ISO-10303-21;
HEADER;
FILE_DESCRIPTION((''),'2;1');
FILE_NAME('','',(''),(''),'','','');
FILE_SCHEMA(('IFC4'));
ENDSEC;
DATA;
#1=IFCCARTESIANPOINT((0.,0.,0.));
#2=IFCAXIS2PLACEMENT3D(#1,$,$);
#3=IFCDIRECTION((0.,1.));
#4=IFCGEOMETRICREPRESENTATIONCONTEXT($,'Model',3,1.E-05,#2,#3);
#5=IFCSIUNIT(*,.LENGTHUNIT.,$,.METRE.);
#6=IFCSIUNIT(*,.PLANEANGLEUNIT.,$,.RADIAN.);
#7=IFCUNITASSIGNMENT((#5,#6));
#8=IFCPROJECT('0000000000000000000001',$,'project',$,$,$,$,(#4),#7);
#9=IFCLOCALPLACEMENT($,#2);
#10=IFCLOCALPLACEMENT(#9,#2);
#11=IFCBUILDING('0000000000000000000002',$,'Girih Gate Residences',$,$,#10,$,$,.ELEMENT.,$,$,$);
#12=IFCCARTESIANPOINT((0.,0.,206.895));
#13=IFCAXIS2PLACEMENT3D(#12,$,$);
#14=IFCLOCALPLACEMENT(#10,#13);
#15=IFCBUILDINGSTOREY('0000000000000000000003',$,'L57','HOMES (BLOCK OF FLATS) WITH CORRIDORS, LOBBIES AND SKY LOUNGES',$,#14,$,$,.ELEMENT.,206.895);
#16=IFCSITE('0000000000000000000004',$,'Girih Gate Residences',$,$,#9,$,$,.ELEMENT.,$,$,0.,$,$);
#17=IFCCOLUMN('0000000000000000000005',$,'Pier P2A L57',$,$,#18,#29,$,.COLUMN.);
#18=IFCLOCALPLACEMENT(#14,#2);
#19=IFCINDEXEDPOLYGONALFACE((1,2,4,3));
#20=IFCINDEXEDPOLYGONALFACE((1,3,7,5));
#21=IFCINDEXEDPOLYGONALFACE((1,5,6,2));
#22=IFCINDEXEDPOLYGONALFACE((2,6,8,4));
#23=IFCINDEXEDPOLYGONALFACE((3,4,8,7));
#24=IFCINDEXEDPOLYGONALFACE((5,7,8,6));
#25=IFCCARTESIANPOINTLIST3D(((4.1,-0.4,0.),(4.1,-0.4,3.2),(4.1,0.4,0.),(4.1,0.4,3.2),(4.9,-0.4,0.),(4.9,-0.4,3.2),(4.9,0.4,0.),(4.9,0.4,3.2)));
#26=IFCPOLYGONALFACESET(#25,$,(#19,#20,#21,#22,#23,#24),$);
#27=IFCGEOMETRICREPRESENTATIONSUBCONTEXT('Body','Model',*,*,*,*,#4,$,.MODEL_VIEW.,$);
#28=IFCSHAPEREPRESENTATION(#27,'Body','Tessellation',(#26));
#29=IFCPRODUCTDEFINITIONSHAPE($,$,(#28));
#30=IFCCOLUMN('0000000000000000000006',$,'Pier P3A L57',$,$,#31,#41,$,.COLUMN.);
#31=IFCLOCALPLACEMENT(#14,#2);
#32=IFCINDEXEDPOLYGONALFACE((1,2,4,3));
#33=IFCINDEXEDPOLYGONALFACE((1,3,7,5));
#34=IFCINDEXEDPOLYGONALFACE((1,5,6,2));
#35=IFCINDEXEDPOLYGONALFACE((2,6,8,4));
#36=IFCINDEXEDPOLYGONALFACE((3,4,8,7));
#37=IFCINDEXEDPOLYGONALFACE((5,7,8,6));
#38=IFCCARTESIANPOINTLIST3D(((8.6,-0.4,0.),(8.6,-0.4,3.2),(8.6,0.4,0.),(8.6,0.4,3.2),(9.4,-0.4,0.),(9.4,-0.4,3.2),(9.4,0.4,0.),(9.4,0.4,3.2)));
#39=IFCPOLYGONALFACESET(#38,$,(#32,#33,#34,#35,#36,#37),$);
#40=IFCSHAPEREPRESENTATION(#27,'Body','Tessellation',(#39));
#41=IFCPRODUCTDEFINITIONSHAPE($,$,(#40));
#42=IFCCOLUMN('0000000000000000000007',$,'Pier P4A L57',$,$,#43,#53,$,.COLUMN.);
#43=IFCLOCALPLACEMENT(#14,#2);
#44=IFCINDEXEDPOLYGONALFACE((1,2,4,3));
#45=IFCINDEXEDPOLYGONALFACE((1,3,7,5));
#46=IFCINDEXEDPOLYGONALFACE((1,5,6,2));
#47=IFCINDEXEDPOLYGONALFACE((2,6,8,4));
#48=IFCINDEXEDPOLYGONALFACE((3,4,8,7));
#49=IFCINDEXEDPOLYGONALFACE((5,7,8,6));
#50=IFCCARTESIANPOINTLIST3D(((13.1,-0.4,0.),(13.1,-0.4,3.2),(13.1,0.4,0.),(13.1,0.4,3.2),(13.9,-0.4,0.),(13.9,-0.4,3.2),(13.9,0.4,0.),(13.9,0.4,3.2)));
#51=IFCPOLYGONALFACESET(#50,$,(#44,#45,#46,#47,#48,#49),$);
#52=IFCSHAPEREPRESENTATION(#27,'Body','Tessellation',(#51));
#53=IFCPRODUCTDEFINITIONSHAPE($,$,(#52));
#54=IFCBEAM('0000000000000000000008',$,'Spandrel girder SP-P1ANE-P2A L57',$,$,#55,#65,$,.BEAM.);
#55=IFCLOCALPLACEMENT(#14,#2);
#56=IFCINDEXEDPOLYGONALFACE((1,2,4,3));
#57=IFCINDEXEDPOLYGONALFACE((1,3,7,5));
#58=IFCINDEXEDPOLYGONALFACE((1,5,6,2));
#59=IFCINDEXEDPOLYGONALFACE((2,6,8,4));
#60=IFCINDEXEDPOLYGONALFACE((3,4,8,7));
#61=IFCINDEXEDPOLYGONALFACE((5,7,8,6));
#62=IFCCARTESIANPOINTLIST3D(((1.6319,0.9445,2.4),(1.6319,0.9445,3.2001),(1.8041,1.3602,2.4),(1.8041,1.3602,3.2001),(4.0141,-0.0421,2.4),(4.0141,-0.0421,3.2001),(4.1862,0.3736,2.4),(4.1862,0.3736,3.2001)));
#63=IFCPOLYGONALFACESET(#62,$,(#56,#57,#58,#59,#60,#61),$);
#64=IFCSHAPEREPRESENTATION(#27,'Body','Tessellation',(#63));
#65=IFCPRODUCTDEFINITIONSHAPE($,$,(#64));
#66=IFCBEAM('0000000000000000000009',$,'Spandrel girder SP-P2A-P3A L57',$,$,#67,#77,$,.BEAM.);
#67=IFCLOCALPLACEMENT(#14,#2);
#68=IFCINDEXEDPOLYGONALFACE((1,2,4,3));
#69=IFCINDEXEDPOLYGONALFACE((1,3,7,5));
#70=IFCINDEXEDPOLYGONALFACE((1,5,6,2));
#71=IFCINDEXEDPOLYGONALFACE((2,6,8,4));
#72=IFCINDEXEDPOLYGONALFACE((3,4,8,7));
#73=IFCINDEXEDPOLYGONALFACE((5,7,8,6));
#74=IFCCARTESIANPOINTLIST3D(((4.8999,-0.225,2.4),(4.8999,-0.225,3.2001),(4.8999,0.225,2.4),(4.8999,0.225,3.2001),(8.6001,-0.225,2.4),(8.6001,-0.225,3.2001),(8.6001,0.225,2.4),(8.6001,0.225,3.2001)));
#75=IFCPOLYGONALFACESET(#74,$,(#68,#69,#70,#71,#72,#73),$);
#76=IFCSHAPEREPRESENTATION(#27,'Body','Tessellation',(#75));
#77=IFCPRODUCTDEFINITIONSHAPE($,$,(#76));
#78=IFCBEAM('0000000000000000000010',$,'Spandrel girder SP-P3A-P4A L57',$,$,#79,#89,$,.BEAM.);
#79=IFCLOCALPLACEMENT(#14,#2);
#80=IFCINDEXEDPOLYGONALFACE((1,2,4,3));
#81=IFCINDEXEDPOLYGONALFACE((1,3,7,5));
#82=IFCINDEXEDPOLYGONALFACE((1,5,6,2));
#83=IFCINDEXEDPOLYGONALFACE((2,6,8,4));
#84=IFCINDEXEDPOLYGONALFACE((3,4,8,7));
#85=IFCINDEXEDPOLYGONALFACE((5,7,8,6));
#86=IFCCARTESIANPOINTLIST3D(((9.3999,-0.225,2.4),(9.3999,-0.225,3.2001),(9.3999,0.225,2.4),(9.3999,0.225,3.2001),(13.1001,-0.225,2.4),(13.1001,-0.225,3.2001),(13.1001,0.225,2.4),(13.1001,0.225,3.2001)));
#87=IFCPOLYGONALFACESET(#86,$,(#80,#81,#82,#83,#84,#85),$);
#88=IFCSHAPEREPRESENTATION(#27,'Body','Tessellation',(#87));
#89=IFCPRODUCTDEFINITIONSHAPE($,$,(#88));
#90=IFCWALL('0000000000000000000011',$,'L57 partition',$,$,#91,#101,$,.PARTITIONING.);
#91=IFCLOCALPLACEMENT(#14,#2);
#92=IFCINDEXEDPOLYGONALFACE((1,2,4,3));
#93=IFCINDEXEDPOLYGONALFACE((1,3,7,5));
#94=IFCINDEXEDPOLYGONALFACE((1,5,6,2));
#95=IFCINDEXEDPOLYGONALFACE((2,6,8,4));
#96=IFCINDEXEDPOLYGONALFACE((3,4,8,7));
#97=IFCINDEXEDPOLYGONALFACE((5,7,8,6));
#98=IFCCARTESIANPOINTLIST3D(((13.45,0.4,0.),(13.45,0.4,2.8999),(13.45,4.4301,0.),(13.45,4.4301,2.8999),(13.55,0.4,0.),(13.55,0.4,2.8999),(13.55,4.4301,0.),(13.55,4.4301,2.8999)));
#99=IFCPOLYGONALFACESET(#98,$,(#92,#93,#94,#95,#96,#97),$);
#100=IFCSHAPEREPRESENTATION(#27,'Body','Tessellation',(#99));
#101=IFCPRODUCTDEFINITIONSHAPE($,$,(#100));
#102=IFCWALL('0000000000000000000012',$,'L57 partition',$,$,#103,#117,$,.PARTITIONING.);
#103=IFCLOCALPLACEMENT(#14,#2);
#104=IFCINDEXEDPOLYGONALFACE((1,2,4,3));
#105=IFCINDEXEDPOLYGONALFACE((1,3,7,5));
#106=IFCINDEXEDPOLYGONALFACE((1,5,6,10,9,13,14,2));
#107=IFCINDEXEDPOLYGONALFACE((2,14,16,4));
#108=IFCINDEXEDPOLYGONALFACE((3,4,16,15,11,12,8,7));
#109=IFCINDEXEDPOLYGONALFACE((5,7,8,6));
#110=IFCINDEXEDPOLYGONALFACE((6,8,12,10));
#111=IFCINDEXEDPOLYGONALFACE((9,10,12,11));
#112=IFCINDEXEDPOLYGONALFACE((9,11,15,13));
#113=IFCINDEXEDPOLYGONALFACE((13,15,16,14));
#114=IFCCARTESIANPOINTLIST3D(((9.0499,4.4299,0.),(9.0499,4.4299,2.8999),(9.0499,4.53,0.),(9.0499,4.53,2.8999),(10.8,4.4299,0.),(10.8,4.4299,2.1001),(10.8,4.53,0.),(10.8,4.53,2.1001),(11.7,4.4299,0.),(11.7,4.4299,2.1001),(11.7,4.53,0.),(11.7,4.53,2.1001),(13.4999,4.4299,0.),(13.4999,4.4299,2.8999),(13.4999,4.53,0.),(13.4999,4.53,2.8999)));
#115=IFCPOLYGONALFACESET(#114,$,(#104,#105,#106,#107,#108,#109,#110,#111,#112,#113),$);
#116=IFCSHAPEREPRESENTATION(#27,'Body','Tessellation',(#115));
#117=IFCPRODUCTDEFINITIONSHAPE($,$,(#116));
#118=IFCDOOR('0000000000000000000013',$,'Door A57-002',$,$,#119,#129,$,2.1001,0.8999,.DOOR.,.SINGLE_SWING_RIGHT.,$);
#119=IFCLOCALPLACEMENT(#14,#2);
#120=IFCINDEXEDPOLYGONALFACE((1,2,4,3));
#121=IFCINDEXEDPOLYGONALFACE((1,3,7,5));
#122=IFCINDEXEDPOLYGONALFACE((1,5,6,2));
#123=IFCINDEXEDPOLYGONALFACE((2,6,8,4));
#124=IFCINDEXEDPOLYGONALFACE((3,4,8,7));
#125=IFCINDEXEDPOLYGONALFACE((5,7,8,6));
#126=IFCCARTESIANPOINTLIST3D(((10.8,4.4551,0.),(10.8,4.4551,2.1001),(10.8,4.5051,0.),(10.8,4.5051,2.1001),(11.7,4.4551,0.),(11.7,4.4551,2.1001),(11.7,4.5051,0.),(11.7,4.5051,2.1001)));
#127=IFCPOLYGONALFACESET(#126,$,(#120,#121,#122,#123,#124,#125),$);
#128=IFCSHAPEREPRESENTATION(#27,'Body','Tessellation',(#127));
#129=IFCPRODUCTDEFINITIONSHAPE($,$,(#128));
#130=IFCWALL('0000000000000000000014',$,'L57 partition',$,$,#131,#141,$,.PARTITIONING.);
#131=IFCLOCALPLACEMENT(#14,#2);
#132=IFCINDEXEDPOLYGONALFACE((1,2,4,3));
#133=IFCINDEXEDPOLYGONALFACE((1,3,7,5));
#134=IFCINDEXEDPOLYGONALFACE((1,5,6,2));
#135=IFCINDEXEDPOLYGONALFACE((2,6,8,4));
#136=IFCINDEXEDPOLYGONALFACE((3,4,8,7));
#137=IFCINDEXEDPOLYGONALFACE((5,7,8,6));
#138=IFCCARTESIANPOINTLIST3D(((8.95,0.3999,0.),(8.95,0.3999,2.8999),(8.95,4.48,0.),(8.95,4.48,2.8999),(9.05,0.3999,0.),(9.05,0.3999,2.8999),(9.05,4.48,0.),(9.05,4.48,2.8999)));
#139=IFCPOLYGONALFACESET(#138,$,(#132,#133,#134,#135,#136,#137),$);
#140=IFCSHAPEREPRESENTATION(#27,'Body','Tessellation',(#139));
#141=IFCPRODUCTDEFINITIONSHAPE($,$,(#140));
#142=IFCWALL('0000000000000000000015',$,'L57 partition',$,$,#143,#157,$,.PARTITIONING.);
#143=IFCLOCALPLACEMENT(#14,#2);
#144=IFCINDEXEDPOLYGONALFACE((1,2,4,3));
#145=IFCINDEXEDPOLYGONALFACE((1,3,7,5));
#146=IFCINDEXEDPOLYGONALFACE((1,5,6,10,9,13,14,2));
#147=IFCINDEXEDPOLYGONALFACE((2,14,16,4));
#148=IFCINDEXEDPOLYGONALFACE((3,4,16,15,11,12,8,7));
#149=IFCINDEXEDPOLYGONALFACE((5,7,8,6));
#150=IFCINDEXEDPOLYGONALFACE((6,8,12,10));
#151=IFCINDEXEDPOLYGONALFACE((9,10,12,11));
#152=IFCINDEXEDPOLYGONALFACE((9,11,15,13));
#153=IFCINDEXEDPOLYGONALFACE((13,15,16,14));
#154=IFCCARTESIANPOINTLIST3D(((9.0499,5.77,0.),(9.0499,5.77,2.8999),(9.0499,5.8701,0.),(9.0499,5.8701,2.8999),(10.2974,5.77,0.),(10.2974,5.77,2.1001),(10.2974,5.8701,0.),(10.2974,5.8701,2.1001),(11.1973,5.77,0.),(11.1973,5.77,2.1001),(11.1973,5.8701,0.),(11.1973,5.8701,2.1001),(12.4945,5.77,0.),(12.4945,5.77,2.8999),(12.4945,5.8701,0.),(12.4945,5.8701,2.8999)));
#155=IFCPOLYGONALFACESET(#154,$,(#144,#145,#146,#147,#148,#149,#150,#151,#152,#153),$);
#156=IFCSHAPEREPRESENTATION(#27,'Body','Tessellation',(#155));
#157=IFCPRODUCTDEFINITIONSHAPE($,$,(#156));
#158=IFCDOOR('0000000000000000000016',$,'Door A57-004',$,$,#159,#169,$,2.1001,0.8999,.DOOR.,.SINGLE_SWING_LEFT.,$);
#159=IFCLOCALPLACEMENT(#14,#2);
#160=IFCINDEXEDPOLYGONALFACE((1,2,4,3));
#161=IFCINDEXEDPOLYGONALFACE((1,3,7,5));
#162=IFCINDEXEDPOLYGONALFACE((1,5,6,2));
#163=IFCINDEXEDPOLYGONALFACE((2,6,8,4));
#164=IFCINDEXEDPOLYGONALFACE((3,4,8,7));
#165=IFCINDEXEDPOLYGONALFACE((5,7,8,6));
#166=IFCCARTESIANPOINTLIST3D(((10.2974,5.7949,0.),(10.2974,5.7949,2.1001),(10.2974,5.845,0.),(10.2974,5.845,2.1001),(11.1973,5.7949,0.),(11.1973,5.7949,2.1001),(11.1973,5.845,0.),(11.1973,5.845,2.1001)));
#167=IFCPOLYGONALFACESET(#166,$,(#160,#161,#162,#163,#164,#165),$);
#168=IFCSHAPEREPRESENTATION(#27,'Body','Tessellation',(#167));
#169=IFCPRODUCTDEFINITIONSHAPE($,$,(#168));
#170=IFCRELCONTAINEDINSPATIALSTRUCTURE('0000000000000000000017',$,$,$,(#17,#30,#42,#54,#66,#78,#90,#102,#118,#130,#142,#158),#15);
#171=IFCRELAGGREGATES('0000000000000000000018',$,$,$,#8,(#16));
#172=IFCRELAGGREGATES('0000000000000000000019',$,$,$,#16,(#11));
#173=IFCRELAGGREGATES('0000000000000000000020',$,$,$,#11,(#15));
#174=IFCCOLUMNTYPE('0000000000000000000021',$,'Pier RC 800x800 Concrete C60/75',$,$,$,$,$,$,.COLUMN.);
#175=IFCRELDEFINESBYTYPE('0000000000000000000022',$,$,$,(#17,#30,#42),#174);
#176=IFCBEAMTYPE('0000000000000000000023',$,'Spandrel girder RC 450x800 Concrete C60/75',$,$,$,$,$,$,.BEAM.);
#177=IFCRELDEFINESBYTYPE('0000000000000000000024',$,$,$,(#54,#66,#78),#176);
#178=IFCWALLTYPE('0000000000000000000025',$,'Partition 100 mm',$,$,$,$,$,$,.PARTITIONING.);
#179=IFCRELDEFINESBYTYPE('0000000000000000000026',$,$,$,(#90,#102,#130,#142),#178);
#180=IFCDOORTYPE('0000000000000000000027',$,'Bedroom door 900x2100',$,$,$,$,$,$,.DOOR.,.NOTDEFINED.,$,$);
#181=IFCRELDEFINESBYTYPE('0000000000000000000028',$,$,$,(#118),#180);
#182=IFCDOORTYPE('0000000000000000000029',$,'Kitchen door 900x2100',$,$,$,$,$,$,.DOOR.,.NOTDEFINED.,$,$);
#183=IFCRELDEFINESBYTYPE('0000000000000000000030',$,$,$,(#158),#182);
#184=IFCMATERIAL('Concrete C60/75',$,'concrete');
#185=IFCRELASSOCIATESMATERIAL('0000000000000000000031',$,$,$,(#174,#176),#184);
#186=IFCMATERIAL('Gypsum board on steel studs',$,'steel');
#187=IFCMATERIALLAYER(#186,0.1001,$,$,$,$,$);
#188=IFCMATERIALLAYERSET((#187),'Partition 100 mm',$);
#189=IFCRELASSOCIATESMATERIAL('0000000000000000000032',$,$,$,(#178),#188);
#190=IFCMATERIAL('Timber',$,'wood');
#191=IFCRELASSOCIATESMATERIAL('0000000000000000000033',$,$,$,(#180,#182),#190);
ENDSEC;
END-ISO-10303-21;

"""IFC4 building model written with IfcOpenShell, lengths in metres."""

from ifc_helpers import new_model, si_unit, direction, frame, frame_2d, origin, origin_2d, place, context, subcontext, project, spatial, rectangle, extrude, material, layer, layer_set, material_profile, profile_set, type_object, element, fill, save


model = new_model("IFC4")

# Units and contexts
model_context = context("Model", 3, precision=1e-05, world=origin(), true_north=direction((0.0, 1.0)))
body_context = subcontext(model_context, "Body", "Model", "MODEL_VIEW")
ifc_project = project(units=[si_unit("LENGTHUNIT", "METRE"), si_unit("PLANEANGLEUNIT", "RADIAN")], contexts=[model_context])

# Site, building, storey
site_placement = place(None, origin())
site = spatial("IfcSite", under=ifc_project, at=site_placement, Name="Girih Gate Residences", CompositionType="ELEMENT", RefElevation=0.0)
building_placement = place(site_placement, origin())
building = spatial("IfcBuilding", under=site, at=building_placement, Name="Girih Gate Residences", CompositionType="ELEMENT")
storey_placement = place(building_placement, frame((0.0, 0.0, 206.895)))
storey = spatial("IfcBuildingStorey", under=building, at=storey_placement, Name="L57", Description="HOMES (BLOCK OF FLATS) WITH CORRIDORS, LOBBIES AND SKY LOUNGES", CompositionType="ELEMENT", Elevation=206.895)

# Columns
ifc_material_1 = material(Name="Concrete C60/75", Category="concrete")
ifc_material_profile_1 = material_profile(ifc_material_1, rectangle(XDim=0.8, YDim=0.8, at=origin_2d()))
ifc_profile_set_1 = profile_set([ifc_material_profile_1], Name="Concrete C60/75")
column_type = type_object("IfcColumnType", Name="Pier RC 800x800 Concrete C60/75", PredefinedType="COLUMN", material=ifc_profile_set_1)
for number, where, z_axis, x_axis, name in (
    (1, (4.5, 0.0, 0.0), (0.0, 0.0, 1.0), (1.0, 0.0, 0.0), "Pier P2A L57"),
    (2, (9.0, 0.0, 0.0), (0.0, 0.0, 1.0), (1.0, 0.0, 0.0), "Pier P3A L57"),
    (3, (13.5, 0.0, 0.0), (0.0, 0.0, 1.0), (1.0, 0.0, 0.0), "Pier P4A L57"),
):
    element("IfcColumn", number, at=place(storey_placement, frame(where, z_axis=z_axis, x_axis=x_axis)), inside=storey, type_object=column_type, Name=name, PredefinedType="COLUMN", context=body_context, shape_type="SweptSolid", body=[
        extrude(rectangle(XDim=0.8, YDim=0.8, at=origin_2d()), origin(), (0.0, 0.0, 1.0), 3.2),
    ])

# Beams
ifc_material_profile_2 = material_profile(ifc_material_1, rectangle(XDim=0.45, YDim=0.8, at=origin_2d()))
ifc_profile_set_2 = profile_set([ifc_material_profile_2], Name="Concrete C60/75")
beam_type = type_object("IfcBeamType", Name="Spandrel girder RC 450x800 Concrete C60/75", PredefinedType="BEAM", material=ifc_profile_set_2)
beam_placement = place(storey_placement, frame((1.718, 1.1523, 2.8), z_axis=(0.923896, -0.382644, 0.0), x_axis=(0.382644, 0.923896, 0.0)))
element("IfcBeam", 4, at=beam_placement, inside=storey, type_object=beam_type, Name="Spandrel girder SP-P1ANE-P2A L57", PredefinedType="BEAM", context=body_context, shape_type="SweptSolid", body=[
    extrude(rectangle(XDim=0.45, YDim=0.8, at=origin_2d()), origin(), (0.0, 0.0, 1.0), 2.5784),
])
for number, where, z_axis, x_axis, name in (
    (5, (4.8999, 0.0, 2.8), (1.0, 0.0, 0.0), (0.0, 1.0, 0.0), "Spandrel girder SP-P2A-P3A L57"),
    (6, (9.3999, 0.0, 2.8), (1.0, 0.0, 0.0), (0.0, 1.0, 0.0), "Spandrel girder SP-P3A-P4A L57"),
):
    element("IfcBeam", number, at=place(storey_placement, frame(where, z_axis=z_axis, x_axis=x_axis)), inside=storey, type_object=beam_type, Name=name, PredefinedType="BEAM", context=body_context, shape_type="SweptSolid", body=[
        extrude(rectangle(XDim=0.45, YDim=0.8, at=origin_2d()), origin(), (0.0, 0.0, 1.0), 3.7002),
    ])

# Wall
ifc_material_2 = material(Name="Gypsum board on steel studs", Category="steel")
ifc_layer_1 = layer(ifc_material_2, 0.1001)
ifc_layer_set_1 = layer_set([ifc_layer_1], Name="Partition 100 mm")
wall_type_1 = type_object("IfcWallType", Name="Partition 100 mm", PredefinedType="PARTITIONING", material=ifc_layer_set_1)
wall_1_placement = place(storey_placement, frame((13.5, 0.3999, 0.0), z_axis=(0.0, 0.0, 1.0), x_axis=(0.0, 1.0, 0.0)))
element("IfcWall", 7, at=wall_1_placement, inside=storey, type_object=wall_type_1, Name="L57 partition", PredefinedType="PARTITIONING", context=body_context, shape_type="SweptSolid", body=[
    extrude(rectangle(XDim=4.03, YDim=0.1001, at=frame_2d((2.0151, 0.0))), origin(), (0.0, 0.0, 1.0), 2.8999),
])

# Wall, opening, door
wall_2_placement = place(storey_placement, frame((13.5, 4.48, 0.0), z_axis=(0.0, 0.0, 1.0), x_axis=(-1.0, 0.0, 0.0)))
wall_2 = element("IfcWall", 8, at=wall_2_placement, inside=storey, type_object=wall_type_1, Name="L57 partition", PredefinedType="PARTITIONING", context=body_context, shape_type="SweptSolid", body=[
    extrude(rectangle(XDim=4.45, YDim=0.1001, at=frame_2d((2.2251, 0.0))), origin(), (0.0, 0.0, 1.0), 2.8999),
])
opening_1_placement = place(wall_2_placement, frame((1.8, 0.0, 0.0)))
opening_1 = element("IfcOpeningElement", 9, at=opening_1_placement, cuts=wall_2, PredefinedType="OPENING", context=body_context, shape_type="SweptSolid", body=[
    extrude(rectangle(XDim=0.8999, YDim=2.1001, at=frame_2d((0.45, 1.05))), frame((0.0, 0.0601, 0.0), z_axis=(0.0, -1.0, 0.0), x_axis=(1.0, 0.0, 0.0)), (0.0, 0.0, 1.0), 0.1201),
])
ifc_material_3 = material(Name="Timber", Category="wood")
door_type_1 = type_object("IfcDoorType", Name="Bedroom door 900x2100", OperationType="NOTDEFINED", PredefinedType="DOOR", material=ifc_material_3)
door_1_placement = place(opening_1_placement, origin())
door_1 = element("IfcDoor", 10, at=door_1_placement, inside=storey, type_object=door_type_1, Name="Door A57-002", OperationType="SINGLE_SWING_RIGHT", OverallHeight=2.1001, OverallWidth=0.8999, PredefinedType="DOOR", context=body_context, shape_type="SweptSolid", body=[
    extrude(rectangle(XDim=0.8999, YDim=2.1001, at=frame_2d((0.45, 1.05))), frame((0.0, 0.0249, 0.0), z_axis=(0.0, -1.0, 0.0), x_axis=(1.0, 0.0, 0.0)), (0.0, 0.0, 1.0), 0.05),
])
fill(opening_1, door_1)

# Wall
wall_3_placement = place(storey_placement, frame((9.0, 0.3999, 0.0), z_axis=(0.0, 0.0, 1.0), x_axis=(0.0, 1.0, 0.0)))
element("IfcWall", 11, at=wall_3_placement, inside=storey, type_object=wall_type_1, Name="L57 partition", PredefinedType="PARTITIONING", context=body_context, shape_type="SweptSolid", body=[
    extrude(rectangle(XDim=4.0801, YDim=0.1001, at=frame_2d((2.04, 0.0))), origin(), (0.0, 0.0, 1.0), 2.8999),
])

# Wall, opening, door
wall_4_placement = place(storey_placement, frame((9.05, 5.8201, 0.0), z_axis=(0.0, 0.0, 1.0), x_axis=(1.0, 0.0, 0.0)))
wall_4 = element("IfcWall", 12, at=wall_4_placement, inside=storey, type_object=wall_type_1, Name="L57 partition", PredefinedType="PARTITIONING", context=body_context, shape_type="SweptSolid", body=[
    extrude(rectangle(XDim=3.4446, YDim=0.1001, at=frame_2d((1.7222, 0.0))), origin(), (0.0, 0.0, 1.0), 2.8999),
])
opening_2_placement = place(wall_4_placement, frame((1.2473, 0.0, 0.0)))
opening_2 = element("IfcOpeningElement", 13, at=opening_2_placement, cuts=wall_4, PredefinedType="OPENING", context=body_context, shape_type="SweptSolid", body=[
    extrude(rectangle(XDim=0.8999, YDim=2.1001, at=frame_2d((0.45, 1.05))), frame((0.0, 0.0601, 0.0), z_axis=(0.0, -1.0, 0.0), x_axis=(1.0, 0.0, 0.0)), (0.0, 0.0, 1.0), 0.1201),
])
door_type_2 = type_object("IfcDoorType", Name="Kitchen door 900x2100", OperationType="NOTDEFINED", PredefinedType="DOOR", material=ifc_material_3)
door_2_placement = place(opening_2_placement, origin())
door_2 = element("IfcDoor", 14, at=door_2_placement, inside=storey, type_object=door_type_2, Name="Door A57-004", OperationType="SINGLE_SWING_LEFT", OverallHeight=2.1001, OverallWidth=0.8999, PredefinedType="DOOR", context=body_context, shape_type="SweptSolid", body=[
    extrude(rectangle(XDim=0.8999, YDim=2.1001, at=frame_2d((0.45, 1.05))), frame((0.0, 0.0249, 0.0), z_axis=(0.0, -1.0, 0.0), x_axis=(1.0, 0.0, 0.0)), (0.0, 0.0, 1.0), 0.05),
])
fill(opening_2, door_2)

save(model, "model.ifc")
